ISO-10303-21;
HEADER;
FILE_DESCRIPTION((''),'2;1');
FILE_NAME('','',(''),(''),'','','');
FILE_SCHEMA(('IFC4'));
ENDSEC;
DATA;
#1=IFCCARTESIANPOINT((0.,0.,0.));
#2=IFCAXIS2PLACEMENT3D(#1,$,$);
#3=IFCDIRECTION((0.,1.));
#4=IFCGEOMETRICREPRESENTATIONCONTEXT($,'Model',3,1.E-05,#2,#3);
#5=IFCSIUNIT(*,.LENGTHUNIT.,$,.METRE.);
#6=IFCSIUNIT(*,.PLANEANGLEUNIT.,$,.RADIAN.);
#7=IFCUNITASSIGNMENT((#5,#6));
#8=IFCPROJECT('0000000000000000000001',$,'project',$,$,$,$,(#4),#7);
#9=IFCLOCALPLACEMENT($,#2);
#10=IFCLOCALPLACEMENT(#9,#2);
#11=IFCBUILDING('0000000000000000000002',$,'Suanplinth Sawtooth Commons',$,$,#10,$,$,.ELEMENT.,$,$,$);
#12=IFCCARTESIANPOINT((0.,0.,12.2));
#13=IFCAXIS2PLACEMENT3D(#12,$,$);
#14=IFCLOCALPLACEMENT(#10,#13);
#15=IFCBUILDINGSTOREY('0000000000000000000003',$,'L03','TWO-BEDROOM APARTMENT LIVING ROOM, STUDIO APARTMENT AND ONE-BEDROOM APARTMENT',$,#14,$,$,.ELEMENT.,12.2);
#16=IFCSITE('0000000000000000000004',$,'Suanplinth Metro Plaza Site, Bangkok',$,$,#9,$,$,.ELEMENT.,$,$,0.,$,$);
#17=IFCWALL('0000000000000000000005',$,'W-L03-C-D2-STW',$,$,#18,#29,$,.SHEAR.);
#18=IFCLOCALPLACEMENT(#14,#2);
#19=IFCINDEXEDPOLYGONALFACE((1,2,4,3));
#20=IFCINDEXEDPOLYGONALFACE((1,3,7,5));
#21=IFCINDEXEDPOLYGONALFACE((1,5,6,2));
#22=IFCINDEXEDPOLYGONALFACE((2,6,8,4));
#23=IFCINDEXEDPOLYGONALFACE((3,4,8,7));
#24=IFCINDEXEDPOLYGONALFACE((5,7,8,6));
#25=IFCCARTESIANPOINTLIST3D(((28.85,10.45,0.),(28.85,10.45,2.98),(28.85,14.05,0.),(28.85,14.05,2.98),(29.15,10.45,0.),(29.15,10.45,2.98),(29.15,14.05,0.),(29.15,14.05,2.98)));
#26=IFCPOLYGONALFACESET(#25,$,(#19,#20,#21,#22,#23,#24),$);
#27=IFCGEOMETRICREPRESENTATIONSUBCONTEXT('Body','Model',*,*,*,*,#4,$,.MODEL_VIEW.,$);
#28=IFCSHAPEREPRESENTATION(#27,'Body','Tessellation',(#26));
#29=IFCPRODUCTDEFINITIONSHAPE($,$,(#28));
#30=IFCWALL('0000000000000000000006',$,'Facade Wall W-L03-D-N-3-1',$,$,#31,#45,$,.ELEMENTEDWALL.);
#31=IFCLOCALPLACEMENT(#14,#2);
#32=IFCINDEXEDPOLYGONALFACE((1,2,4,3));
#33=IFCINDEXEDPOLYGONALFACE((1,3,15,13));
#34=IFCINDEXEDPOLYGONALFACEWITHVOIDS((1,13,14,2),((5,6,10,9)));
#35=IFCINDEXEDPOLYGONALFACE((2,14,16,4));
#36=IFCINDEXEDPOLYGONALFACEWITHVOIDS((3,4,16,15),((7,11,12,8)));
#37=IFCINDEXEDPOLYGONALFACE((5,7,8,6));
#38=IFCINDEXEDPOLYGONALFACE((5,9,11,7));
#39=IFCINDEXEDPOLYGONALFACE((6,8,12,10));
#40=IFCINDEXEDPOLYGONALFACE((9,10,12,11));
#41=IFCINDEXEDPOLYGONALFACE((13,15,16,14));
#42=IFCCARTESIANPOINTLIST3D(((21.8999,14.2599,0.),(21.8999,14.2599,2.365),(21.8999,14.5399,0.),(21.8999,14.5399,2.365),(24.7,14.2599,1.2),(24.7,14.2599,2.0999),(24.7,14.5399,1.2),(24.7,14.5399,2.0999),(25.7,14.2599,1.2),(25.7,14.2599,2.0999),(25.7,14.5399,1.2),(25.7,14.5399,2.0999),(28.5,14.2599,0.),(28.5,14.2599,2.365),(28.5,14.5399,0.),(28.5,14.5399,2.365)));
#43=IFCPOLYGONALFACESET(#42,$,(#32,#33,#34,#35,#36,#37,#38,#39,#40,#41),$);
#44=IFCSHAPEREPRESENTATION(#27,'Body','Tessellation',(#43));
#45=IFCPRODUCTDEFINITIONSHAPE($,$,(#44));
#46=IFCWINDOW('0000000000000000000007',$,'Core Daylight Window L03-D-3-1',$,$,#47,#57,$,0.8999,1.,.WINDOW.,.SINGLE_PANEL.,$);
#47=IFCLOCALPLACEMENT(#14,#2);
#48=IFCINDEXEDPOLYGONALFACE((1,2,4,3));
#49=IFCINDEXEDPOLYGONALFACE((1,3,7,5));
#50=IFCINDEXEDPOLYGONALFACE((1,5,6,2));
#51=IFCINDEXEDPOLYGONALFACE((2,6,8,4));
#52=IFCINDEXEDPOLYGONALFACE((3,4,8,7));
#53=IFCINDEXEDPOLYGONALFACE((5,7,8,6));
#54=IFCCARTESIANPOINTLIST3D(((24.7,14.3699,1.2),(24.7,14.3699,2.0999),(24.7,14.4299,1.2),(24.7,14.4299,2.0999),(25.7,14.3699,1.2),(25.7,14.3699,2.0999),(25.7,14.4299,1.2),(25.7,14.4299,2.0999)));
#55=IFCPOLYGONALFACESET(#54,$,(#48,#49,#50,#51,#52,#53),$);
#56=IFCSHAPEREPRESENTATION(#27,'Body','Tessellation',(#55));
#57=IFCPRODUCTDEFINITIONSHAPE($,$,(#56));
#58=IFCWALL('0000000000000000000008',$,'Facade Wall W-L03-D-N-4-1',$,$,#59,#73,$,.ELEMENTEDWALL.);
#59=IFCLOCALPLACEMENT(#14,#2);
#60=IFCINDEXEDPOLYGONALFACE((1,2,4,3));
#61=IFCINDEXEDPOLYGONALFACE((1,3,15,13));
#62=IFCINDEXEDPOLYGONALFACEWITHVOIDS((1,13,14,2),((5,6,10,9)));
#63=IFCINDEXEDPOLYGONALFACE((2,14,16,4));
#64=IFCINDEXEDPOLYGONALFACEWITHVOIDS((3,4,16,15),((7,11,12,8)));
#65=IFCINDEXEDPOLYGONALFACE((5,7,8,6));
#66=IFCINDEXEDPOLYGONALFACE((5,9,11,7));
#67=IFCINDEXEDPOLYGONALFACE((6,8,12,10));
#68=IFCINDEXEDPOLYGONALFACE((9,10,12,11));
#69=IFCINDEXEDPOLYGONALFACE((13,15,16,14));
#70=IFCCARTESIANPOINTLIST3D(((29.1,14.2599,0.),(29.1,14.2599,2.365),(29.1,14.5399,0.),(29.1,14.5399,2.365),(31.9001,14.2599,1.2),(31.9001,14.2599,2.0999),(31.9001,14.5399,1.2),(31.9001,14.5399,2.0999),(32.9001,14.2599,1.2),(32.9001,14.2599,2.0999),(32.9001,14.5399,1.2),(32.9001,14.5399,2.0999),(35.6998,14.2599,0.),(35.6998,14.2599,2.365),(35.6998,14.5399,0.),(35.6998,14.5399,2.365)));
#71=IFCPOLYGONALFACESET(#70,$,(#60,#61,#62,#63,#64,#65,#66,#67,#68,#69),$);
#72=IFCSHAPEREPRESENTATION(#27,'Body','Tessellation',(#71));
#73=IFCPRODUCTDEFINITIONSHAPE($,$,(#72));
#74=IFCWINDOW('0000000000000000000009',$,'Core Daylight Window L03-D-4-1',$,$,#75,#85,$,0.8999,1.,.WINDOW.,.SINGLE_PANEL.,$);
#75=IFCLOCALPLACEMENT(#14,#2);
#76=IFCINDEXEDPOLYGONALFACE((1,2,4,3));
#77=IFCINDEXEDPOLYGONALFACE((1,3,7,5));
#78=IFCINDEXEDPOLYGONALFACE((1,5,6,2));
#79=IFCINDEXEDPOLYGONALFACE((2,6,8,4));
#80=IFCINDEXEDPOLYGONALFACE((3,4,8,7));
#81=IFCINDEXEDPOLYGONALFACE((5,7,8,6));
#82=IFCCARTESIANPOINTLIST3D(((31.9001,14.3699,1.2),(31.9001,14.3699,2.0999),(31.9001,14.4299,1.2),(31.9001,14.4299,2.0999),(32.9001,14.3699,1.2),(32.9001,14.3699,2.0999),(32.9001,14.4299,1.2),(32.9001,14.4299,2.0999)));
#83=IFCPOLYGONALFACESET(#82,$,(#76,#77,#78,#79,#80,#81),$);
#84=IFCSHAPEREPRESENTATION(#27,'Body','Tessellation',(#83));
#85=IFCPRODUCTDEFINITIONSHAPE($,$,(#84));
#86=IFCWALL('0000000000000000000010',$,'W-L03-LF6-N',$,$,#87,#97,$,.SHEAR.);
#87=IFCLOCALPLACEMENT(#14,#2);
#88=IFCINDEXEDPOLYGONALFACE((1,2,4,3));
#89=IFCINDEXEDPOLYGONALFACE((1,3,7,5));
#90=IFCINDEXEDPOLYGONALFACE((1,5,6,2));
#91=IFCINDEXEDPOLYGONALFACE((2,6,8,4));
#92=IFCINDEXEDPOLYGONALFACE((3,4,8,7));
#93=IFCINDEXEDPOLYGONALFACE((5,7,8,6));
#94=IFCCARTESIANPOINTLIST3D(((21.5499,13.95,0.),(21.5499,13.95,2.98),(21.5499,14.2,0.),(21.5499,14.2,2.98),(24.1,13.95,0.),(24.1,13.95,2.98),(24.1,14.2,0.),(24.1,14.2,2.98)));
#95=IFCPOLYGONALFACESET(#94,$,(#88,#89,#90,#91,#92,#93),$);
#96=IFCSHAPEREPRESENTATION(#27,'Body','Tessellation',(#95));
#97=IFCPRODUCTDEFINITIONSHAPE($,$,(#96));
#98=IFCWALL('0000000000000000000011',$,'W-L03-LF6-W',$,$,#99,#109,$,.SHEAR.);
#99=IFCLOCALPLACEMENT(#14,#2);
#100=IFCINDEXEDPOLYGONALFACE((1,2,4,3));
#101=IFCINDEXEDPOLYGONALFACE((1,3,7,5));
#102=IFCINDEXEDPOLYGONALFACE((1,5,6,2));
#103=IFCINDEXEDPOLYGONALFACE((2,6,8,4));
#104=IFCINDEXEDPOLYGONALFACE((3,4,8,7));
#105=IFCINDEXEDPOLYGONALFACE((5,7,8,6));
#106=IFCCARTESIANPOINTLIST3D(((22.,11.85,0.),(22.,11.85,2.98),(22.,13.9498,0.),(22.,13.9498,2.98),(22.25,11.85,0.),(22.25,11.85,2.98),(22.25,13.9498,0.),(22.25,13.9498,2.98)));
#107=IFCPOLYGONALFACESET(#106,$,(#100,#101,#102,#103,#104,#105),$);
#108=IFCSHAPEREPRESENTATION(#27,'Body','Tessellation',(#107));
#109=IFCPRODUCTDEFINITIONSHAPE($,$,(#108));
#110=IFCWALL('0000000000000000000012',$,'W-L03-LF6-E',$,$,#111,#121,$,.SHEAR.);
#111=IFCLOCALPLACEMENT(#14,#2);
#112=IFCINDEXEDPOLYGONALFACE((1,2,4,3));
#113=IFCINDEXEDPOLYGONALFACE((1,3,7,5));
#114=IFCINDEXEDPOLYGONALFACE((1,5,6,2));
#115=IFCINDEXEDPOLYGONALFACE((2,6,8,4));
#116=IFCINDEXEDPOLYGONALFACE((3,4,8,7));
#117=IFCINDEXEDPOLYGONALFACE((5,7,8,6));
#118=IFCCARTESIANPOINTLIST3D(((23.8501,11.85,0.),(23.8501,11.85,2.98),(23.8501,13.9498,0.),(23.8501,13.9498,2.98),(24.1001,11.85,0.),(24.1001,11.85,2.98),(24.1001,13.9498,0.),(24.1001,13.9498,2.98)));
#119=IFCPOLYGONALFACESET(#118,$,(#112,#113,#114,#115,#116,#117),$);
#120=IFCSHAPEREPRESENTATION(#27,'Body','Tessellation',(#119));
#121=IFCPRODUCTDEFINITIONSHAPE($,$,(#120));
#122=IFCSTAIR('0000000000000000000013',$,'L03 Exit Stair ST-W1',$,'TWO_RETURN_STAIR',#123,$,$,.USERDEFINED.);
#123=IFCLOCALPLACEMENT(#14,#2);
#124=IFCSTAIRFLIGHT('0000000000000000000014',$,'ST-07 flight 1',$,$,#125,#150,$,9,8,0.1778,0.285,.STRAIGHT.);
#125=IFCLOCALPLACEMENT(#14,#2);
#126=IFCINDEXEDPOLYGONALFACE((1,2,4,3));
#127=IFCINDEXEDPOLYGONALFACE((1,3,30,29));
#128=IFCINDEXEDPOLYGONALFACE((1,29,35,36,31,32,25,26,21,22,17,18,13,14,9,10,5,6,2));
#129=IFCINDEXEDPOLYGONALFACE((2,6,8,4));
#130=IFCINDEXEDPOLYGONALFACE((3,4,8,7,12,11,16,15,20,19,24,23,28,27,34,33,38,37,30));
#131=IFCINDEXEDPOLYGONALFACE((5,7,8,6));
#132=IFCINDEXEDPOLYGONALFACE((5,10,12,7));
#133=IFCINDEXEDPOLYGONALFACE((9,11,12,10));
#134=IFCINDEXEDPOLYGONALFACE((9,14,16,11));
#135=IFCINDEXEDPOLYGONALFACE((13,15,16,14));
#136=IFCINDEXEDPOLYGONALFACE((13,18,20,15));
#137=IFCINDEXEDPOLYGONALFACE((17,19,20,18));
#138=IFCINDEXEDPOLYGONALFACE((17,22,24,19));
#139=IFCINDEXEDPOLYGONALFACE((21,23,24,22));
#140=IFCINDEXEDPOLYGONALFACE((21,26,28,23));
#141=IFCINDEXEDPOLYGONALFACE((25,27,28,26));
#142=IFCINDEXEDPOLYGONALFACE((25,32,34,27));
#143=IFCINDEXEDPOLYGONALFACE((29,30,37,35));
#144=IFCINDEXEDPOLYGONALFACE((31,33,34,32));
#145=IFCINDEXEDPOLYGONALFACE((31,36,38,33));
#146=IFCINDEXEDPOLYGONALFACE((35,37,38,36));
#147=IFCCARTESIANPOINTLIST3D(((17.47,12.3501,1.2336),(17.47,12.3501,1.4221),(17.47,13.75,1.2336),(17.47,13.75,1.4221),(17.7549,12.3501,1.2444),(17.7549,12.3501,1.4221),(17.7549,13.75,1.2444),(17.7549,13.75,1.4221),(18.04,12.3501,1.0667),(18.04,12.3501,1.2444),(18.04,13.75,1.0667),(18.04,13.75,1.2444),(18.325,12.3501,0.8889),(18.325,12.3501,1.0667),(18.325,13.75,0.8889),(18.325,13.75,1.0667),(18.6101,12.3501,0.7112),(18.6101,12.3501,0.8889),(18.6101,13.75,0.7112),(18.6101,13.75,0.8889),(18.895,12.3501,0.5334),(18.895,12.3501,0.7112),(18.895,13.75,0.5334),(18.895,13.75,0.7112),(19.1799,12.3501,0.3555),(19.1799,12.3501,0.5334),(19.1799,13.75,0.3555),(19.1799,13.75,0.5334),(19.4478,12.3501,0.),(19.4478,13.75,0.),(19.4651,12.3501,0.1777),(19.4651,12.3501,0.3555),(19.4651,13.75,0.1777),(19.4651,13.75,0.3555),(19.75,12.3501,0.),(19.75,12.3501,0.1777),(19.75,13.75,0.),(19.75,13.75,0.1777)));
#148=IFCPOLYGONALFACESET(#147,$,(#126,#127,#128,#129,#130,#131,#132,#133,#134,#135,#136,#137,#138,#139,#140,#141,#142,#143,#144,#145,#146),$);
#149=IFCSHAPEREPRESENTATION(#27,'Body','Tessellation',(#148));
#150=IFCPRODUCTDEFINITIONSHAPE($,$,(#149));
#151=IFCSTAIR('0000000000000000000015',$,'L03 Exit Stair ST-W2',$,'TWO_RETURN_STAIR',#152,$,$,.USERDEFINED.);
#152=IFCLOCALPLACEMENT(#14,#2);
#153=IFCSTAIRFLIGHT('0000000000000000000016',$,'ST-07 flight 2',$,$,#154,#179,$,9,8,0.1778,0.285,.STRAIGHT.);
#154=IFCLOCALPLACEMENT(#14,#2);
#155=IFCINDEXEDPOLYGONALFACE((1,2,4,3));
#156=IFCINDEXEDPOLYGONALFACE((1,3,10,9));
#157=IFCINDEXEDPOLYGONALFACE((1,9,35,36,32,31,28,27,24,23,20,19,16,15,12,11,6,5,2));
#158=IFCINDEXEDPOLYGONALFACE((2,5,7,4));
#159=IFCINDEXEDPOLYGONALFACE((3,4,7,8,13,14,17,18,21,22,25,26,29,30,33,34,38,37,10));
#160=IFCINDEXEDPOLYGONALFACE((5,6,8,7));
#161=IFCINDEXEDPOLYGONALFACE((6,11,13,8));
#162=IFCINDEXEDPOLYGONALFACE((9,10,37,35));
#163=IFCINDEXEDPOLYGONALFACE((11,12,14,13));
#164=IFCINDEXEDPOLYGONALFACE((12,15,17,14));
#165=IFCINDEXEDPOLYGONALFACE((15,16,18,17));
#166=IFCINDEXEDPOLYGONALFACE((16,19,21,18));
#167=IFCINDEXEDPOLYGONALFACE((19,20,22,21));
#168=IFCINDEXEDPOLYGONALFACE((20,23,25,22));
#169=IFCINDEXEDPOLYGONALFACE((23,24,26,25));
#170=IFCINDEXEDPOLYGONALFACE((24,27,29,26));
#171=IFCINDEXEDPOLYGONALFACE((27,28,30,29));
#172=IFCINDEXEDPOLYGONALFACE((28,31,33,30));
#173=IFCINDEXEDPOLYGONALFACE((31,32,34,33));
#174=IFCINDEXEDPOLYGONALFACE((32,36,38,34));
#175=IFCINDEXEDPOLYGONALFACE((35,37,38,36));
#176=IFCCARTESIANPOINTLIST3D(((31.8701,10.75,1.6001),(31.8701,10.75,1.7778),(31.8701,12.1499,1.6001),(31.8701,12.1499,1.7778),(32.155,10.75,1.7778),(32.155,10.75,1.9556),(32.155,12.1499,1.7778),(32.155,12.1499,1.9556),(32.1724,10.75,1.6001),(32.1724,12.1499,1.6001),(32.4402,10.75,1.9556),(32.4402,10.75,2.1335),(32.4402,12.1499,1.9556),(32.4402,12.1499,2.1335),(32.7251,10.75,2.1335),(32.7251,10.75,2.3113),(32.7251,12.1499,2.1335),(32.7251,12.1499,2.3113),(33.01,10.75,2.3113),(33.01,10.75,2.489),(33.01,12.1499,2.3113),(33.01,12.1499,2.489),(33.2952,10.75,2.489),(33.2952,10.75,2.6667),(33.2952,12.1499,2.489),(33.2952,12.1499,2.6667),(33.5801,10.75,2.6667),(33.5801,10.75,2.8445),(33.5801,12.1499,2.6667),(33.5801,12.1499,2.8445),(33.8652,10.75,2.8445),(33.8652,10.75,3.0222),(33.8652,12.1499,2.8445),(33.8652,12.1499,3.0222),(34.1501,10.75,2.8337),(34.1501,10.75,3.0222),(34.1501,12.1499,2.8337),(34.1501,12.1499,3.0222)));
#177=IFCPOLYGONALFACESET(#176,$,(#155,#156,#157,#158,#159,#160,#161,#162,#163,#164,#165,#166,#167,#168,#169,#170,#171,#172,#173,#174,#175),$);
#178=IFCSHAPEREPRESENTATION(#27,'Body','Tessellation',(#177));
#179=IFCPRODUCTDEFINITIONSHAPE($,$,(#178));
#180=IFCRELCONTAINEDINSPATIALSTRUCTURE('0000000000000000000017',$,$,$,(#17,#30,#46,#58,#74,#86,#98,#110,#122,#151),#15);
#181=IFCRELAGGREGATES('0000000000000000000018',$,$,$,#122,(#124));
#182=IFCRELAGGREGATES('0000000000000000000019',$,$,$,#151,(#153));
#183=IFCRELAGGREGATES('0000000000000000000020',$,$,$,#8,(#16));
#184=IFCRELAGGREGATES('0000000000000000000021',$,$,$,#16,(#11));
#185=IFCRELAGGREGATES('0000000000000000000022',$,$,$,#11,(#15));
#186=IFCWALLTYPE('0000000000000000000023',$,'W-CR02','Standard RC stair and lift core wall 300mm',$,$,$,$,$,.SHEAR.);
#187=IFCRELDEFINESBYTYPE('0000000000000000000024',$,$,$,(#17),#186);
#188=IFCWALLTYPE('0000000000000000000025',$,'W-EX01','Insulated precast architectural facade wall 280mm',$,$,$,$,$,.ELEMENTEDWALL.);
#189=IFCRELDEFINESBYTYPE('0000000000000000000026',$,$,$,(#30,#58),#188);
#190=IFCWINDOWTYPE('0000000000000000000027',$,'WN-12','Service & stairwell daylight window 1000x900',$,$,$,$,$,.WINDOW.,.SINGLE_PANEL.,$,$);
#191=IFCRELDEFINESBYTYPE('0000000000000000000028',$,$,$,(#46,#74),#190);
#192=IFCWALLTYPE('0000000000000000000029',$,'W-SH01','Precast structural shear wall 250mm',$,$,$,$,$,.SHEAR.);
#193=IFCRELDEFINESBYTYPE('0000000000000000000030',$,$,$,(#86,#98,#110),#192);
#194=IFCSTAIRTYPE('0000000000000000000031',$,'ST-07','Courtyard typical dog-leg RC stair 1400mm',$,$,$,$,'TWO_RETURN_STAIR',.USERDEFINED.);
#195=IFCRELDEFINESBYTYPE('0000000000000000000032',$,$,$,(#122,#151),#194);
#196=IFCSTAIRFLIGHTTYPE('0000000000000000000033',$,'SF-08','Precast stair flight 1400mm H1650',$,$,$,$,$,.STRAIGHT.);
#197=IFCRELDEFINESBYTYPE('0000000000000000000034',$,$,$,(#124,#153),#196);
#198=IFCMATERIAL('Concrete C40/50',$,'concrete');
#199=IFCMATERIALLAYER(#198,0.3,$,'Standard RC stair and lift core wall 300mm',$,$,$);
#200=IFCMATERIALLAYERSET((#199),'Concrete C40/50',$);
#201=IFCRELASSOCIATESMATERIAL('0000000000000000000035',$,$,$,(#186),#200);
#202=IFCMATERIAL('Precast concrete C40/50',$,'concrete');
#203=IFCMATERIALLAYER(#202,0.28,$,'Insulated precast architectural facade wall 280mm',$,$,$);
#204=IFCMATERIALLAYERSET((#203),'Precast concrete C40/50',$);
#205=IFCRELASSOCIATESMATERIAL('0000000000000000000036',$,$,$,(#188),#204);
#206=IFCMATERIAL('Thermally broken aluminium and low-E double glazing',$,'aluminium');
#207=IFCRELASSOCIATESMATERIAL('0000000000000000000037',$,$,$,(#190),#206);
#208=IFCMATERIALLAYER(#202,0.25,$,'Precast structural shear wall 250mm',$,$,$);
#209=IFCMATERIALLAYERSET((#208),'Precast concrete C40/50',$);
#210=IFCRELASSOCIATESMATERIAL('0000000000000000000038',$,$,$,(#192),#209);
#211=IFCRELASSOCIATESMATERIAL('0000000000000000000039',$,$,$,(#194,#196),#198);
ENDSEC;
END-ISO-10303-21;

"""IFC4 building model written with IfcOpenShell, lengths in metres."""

from ifc_helpers import new_model, si_unit, direction, frame, frame_2d, origin, place, context, subcontext, project, spatial, polyline, rectangle, outline, extrude, material, layer, layer_set, type_object, element, fill, aggregate, save


model = new_model("IFC4")

# Units and contexts
model_context = context("Model", 3, precision=1e-05, world=origin(), true_north=direction((0.0, 1.0)))
body_context = subcontext(model_context, "Body", "Model", "MODEL_VIEW")
ifc_project = project(units=[si_unit("LENGTHUNIT", "METRE"), si_unit("PLANEANGLEUNIT", "RADIAN")], contexts=[model_context])

# Site, building, storey
site_placement = place(None, origin())
site = spatial("IfcSite", under=ifc_project, at=site_placement, Name="Suanplinth Metro Plaza Site, Bangkok", CompositionType="ELEMENT", RefElevation=0.0)
building_placement = place(site_placement, origin())
building = spatial("IfcBuilding", under=site, at=building_placement, Name="Suanplinth Sawtooth Commons", CompositionType="ELEMENT")
storey_placement = place(building_placement, frame((0.0, 0.0, 12.2)))
storey = spatial("IfcBuildingStorey", under=building, at=storey_placement, Name="L03", Description="TWO-BEDROOM APARTMENT LIVING ROOM, STUDIO APARTMENT AND ONE-BEDROOM APARTMENT", CompositionType="ELEMENT", Elevation=12.2)

# Shared definitions
ifc_material_1 = material(Name="Precast concrete C40/50", Category="concrete")

# Shared definitions
ifc_material_2 = material(Name="Concrete C40/50", Category="concrete")
ifc_layer_1 = layer(ifc_material_2, 0.3, Name="Standard RC stair and lift core wall 300mm")
ifc_layer_set_1 = layer_set([ifc_layer_1], Name="Concrete C40/50")
wall_type_1 = type_object("IfcWallType", Name="W-CR02", Description="Standard RC stair and lift core wall 300mm", PredefinedType="SHEAR", material=ifc_layer_set_1)

# Wall
wall_1_placement = place(storey_placement, frame((29.0, 10.45, 0.0), z_axis=(0.0, 0.0, 1.0), x_axis=(0.0, 1.0, 0.0)))
element("IfcWall", 1, at=wall_1_placement, inside=storey, type_object=wall_type_1, Name="W-L03-C-D2-STW", PredefinedType="SHEAR", context=body_context, shape_type="SweptSolid", body=[
    extrude(rectangle(XDim=3.6001, YDim=0.3, at=frame_2d((1.8, 0.0))), origin(), (0.0, 0.0, 1.0), 2.98),
])

# Walls, openings, windows
ifc_layer_2 = layer(ifc_material_1, 0.28, Name="Insulated precast architectural facade wall 280mm")
ifc_layer_set_2 = layer_set([ifc_layer_2], Name="Precast concrete C40/50")
wall_type_2 = type_object("IfcWallType", Name="W-EX01", Description="Insulated precast architectural facade wall 280mm", PredefinedType="ELEMENTEDWALL", material=ifc_layer_set_2)
wall_2_placement = place(storey_placement, frame((21.8999, 14.3999, 0.0), z_axis=(0.0, 0.0, 1.0), x_axis=(1.0, 0.0, 0.0)))
wall_2 = element("IfcWall", 2, at=wall_2_placement, inside=storey, type_object=wall_type_2, Name="Facade Wall W-L03-D-N-3-1", PredefinedType="ELEMENTEDWALL", context=body_context, shape_type="SweptSolid", body=[
    extrude(rectangle(XDim=6.6001, YDim=0.28, at=frame_2d((3.3, 0.0))), origin(), (0.0, 0.0, 1.0), 2.365),
])
opening_1_placement = place(wall_2_placement, frame((2.8, 0.0, 1.2)))
opening_1 = element("IfcOpeningElement", 3, at=opening_1_placement, cuts=wall_2, PredefinedType="OPENING", context=body_context, shape_type="SweptSolid", body=[
    extrude(rectangle(XDim=1.0, YDim=0.8999, at=frame_2d((0.5, 0.45))), frame((0.0, 0.1548, 0.0), z_axis=(0.0, -1.0, 0.0), x_axis=(1.0, 0.0, 0.0)), (0.0, 0.0, 1.0), 0.3098),
])
ifc_material_3 = material(Name="Thermally broken aluminium and low-E double glazing", Category="aluminium")
window_type = type_object("IfcWindowType", Name="WN-12", Description="Service & stairwell daylight window 1000x900", PartitioningType="SINGLE_PANEL", PredefinedType="WINDOW", material=ifc_material_3)
window_1_placement = place(opening_1_placement, origin())
window_1 = element("IfcWindow", 4, at=window_1_placement, inside=storey, type_object=window_type, Name="Core Daylight Window L03-D-3-1", OverallHeight=0.8999, OverallWidth=1.0, PartitioningType="SINGLE_PANEL", PredefinedType="WINDOW", context=body_context, shape_type="SweptSolid", body=[
    extrude(rectangle(XDim=1.0, YDim=0.8999, at=frame_2d((0.5, 0.45))), frame((0.0, 0.03, 0.0), z_axis=(0.0, -1.0, 0.0), x_axis=(1.0, 0.0, 0.0)), (0.0, 0.0, 1.0), 0.0601),
])
fill(opening_1, window_1)
wall_3_placement = place(storey_placement, frame((29.1001, 14.3999, 0.0), z_axis=(0.0, 0.0, 1.0), x_axis=(1.0, 0.0, 0.0)))
wall_3 = element("IfcWall", 5, at=wall_3_placement, inside=storey, type_object=wall_type_2, Name="Facade Wall W-L03-D-N-4-1", PredefinedType="ELEMENTEDWALL", context=body_context, shape_type="SweptSolid", body=[
    extrude(rectangle(XDim=6.5999, YDim=0.28, at=frame_2d((3.2998, 0.0))), origin(), (0.0, 0.0, 1.0), 2.365),
])
opening_2_placement = place(wall_3_placement, frame((2.8, 0.0, 1.2)))
opening_2 = element("IfcOpeningElement", 6, at=opening_2_placement, cuts=wall_3, PredefinedType="OPENING", context=body_context, shape_type="SweptSolid", body=[
    extrude(rectangle(XDim=1.0, YDim=0.8999, at=frame_2d((0.5, 0.45))), frame((0.0, 0.1548, 0.0), z_axis=(0.0, -1.0, 0.0), x_axis=(1.0, 0.0, 0.0)), (0.0, 0.0, 1.0), 0.3098),
])
window_2_placement = place(opening_2_placement, origin())
window_2 = element("IfcWindow", 7, at=window_2_placement, inside=storey, type_object=window_type, Name="Core Daylight Window L03-D-4-1", OverallHeight=0.8999, OverallWidth=1.0, PartitioningType="SINGLE_PANEL", PredefinedType="WINDOW", context=body_context, shape_type="SweptSolid", body=[
    extrude(rectangle(XDim=1.0, YDim=0.8999, at=frame_2d((0.5, 0.45))), frame((0.0, 0.03, 0.0), z_axis=(0.0, -1.0, 0.0), x_axis=(1.0, 0.0, 0.0)), (0.0, 0.0, 1.0), 0.0601),
])
fill(opening_2, window_2)

# Shared definitions
ifc_layer_3 = layer(ifc_material_1, 0.25, Name="Precast structural shear wall 250mm")
ifc_layer_set_3 = layer_set([ifc_layer_3], Name="Precast concrete C40/50")
wall_type_3 = type_object("IfcWallType", Name="W-SH01", Description="Precast structural shear wall 250mm", PredefinedType="SHEAR", material=ifc_layer_set_3)

# Walls
wall_4_placement = place(storey_placement, frame((21.55, 14.075, 0.0), z_axis=(0.0, 0.0, 1.0), x_axis=(1.0, 0.0, 0.0)))
element("IfcWall", 8, at=wall_4_placement, inside=storey, type_object=wall_type_3, Name="W-L03-LF6-N", PredefinedType="SHEAR", context=body_context, shape_type="SweptSolid", body=[
    extrude(rectangle(XDim=2.55, YDim=0.25, at=frame_2d((1.2749, 0.0))), origin(), (0.0, 0.0, 1.0), 2.98),
])
for number, where, z_axis, x_axis, name in (
    (9, (22.125, 11.8501, 0.0), (0.0, 0.0, 1.0), (0.0, 1.0, 0.0), "W-L03-LF6-W"),
    (10, (23.9751, 11.8501, 0.0), (0.0, 0.0, 1.0), (0.0, 1.0, 0.0), "W-L03-LF6-E"),
):
    element("IfcWall", number, at=place(storey_placement, frame(where, z_axis=z_axis, x_axis=x_axis)), inside=storey, type_object=wall_type_3, Name=name, PredefinedType="SHEAR", context=body_context, shape_type="SweptSolid", body=[
        extrude(rectangle(XDim=2.0999, YDim=0.25, at=frame_2d((1.0498, 0.0))), origin(), (0.0, 0.0, 1.0), 2.98),
    ])

# Stairs, stair flights
stair_type = type_object("IfcStairType", Name="ST-07", Description="Courtyard typical dog-leg RC stair 1400mm", ElementType="TWO_RETURN_STAIR", PredefinedType="USERDEFINED", material=ifc_material_2)
stair_1_placement = place(storey_placement, origin())
stair_1 = element("IfcStair", 11, at=stair_1_placement, inside=storey, type_object=stair_type, Name="L03 Exit Stair ST-W1", ObjectType="TWO_RETURN_STAIR", PredefinedType="USERDEFINED")
stair_flight_type = type_object("IfcStairFlightType", Name="SF-08", Description="Precast stair flight 1400mm H1650", PredefinedType="STRAIGHT", material=ifc_material_2)
stair_flight_1_placement = place(storey_placement, frame((19.75, 13.05, 0.0), z_axis=(0.0, 0.0, 1.0), x_axis=(-1.0, 0.0, 0.0)))
stair_flight_1 = element("IfcStairFlight", 12, at=stair_flight_1_placement, type_object=stair_flight_type, Name="ST-07 flight 1", NumberOfRisers=9, NumberOfTreads=8, PredefinedType="STRAIGHT", RiserHeight=0.1778, TreadLength=0.285, context=body_context, shape_type="SweptSolid", body=[
    extrude(outline(polyline([(0.0, 0.0), (0.0, 0.1777), (0.2849, 0.1777), (0.2849, 0.3555), (0.5701, 0.3555), (0.5701, 0.5334), (0.855, 0.5334), (0.855, 0.7112), (1.1399, 0.7112), (1.1399, 0.8889), (1.425, 0.8889), (1.425, 1.0667), (1.71, 1.0667), (1.71, 1.2444), (1.9951, 1.2444), (1.9951, 1.4221), (2.28, 1.4221), (2.28, 1.6001), (2.28, 1.2336), (0.3022, 0.0), (0.0, 0.0)])), frame((0.0, 0.7, 0.0), z_axis=(0.0, -1.0, 0.0), x_axis=(1.0, 0.0, 0.0)), (0.0, 0.0, 1.0), 1.3999),
])
aggregate(stair_1, [stair_flight_1])
stair_2_placement = place(storey_placement, origin())
stair_2 = element("IfcStair", 13, at=stair_2_placement, inside=storey, type_object=stair_type, Name="L03 Exit Stair ST-W2", ObjectType="TWO_RETURN_STAIR", PredefinedType="USERDEFINED")
stair_flight_2_placement = place(storey_placement, frame((31.8701, 11.45, 1.6001), z_axis=(0.0, 0.0, 1.0), x_axis=(1.0, 0.0, 0.0)))
stair_flight_2 = element("IfcStairFlight", 14, at=stair_flight_2_placement, type_object=stair_flight_type, Name="ST-07 flight 2", NumberOfRisers=9, NumberOfTreads=8, PredefinedType="STRAIGHT", RiserHeight=0.1778, TreadLength=0.285, context=body_context, shape_type="SweptSolid", body=[
    extrude(outline(polyline([(0.0, 0.0), (0.0, 0.1777), (0.2849, 0.1777), (0.2849, 0.3555), (0.5701, 0.3555), (0.5701, 0.5334), (0.855, 0.5334), (0.855, 0.7112), (1.1399, 0.7112), (1.1399, 0.8889), (1.425, 0.8889), (1.425, 1.0667), (1.71, 1.0667), (1.71, 1.2444), (1.9951, 1.2444), (1.9951, 1.4221), (2.28, 1.4221), (2.28, 1.6001), (2.28, 1.2336), (0.3022, 0.0), (0.0, 0.0)])), frame((0.0, 0.7, 0.0), z_axis=(0.0, -1.0, 0.0), x_axis=(1.0, 0.0, 0.0)), (0.0, 0.0, 1.0), 1.3999),
])
aggregate(stair_2, [stair_flight_2])

save(model, "model.ifc")
